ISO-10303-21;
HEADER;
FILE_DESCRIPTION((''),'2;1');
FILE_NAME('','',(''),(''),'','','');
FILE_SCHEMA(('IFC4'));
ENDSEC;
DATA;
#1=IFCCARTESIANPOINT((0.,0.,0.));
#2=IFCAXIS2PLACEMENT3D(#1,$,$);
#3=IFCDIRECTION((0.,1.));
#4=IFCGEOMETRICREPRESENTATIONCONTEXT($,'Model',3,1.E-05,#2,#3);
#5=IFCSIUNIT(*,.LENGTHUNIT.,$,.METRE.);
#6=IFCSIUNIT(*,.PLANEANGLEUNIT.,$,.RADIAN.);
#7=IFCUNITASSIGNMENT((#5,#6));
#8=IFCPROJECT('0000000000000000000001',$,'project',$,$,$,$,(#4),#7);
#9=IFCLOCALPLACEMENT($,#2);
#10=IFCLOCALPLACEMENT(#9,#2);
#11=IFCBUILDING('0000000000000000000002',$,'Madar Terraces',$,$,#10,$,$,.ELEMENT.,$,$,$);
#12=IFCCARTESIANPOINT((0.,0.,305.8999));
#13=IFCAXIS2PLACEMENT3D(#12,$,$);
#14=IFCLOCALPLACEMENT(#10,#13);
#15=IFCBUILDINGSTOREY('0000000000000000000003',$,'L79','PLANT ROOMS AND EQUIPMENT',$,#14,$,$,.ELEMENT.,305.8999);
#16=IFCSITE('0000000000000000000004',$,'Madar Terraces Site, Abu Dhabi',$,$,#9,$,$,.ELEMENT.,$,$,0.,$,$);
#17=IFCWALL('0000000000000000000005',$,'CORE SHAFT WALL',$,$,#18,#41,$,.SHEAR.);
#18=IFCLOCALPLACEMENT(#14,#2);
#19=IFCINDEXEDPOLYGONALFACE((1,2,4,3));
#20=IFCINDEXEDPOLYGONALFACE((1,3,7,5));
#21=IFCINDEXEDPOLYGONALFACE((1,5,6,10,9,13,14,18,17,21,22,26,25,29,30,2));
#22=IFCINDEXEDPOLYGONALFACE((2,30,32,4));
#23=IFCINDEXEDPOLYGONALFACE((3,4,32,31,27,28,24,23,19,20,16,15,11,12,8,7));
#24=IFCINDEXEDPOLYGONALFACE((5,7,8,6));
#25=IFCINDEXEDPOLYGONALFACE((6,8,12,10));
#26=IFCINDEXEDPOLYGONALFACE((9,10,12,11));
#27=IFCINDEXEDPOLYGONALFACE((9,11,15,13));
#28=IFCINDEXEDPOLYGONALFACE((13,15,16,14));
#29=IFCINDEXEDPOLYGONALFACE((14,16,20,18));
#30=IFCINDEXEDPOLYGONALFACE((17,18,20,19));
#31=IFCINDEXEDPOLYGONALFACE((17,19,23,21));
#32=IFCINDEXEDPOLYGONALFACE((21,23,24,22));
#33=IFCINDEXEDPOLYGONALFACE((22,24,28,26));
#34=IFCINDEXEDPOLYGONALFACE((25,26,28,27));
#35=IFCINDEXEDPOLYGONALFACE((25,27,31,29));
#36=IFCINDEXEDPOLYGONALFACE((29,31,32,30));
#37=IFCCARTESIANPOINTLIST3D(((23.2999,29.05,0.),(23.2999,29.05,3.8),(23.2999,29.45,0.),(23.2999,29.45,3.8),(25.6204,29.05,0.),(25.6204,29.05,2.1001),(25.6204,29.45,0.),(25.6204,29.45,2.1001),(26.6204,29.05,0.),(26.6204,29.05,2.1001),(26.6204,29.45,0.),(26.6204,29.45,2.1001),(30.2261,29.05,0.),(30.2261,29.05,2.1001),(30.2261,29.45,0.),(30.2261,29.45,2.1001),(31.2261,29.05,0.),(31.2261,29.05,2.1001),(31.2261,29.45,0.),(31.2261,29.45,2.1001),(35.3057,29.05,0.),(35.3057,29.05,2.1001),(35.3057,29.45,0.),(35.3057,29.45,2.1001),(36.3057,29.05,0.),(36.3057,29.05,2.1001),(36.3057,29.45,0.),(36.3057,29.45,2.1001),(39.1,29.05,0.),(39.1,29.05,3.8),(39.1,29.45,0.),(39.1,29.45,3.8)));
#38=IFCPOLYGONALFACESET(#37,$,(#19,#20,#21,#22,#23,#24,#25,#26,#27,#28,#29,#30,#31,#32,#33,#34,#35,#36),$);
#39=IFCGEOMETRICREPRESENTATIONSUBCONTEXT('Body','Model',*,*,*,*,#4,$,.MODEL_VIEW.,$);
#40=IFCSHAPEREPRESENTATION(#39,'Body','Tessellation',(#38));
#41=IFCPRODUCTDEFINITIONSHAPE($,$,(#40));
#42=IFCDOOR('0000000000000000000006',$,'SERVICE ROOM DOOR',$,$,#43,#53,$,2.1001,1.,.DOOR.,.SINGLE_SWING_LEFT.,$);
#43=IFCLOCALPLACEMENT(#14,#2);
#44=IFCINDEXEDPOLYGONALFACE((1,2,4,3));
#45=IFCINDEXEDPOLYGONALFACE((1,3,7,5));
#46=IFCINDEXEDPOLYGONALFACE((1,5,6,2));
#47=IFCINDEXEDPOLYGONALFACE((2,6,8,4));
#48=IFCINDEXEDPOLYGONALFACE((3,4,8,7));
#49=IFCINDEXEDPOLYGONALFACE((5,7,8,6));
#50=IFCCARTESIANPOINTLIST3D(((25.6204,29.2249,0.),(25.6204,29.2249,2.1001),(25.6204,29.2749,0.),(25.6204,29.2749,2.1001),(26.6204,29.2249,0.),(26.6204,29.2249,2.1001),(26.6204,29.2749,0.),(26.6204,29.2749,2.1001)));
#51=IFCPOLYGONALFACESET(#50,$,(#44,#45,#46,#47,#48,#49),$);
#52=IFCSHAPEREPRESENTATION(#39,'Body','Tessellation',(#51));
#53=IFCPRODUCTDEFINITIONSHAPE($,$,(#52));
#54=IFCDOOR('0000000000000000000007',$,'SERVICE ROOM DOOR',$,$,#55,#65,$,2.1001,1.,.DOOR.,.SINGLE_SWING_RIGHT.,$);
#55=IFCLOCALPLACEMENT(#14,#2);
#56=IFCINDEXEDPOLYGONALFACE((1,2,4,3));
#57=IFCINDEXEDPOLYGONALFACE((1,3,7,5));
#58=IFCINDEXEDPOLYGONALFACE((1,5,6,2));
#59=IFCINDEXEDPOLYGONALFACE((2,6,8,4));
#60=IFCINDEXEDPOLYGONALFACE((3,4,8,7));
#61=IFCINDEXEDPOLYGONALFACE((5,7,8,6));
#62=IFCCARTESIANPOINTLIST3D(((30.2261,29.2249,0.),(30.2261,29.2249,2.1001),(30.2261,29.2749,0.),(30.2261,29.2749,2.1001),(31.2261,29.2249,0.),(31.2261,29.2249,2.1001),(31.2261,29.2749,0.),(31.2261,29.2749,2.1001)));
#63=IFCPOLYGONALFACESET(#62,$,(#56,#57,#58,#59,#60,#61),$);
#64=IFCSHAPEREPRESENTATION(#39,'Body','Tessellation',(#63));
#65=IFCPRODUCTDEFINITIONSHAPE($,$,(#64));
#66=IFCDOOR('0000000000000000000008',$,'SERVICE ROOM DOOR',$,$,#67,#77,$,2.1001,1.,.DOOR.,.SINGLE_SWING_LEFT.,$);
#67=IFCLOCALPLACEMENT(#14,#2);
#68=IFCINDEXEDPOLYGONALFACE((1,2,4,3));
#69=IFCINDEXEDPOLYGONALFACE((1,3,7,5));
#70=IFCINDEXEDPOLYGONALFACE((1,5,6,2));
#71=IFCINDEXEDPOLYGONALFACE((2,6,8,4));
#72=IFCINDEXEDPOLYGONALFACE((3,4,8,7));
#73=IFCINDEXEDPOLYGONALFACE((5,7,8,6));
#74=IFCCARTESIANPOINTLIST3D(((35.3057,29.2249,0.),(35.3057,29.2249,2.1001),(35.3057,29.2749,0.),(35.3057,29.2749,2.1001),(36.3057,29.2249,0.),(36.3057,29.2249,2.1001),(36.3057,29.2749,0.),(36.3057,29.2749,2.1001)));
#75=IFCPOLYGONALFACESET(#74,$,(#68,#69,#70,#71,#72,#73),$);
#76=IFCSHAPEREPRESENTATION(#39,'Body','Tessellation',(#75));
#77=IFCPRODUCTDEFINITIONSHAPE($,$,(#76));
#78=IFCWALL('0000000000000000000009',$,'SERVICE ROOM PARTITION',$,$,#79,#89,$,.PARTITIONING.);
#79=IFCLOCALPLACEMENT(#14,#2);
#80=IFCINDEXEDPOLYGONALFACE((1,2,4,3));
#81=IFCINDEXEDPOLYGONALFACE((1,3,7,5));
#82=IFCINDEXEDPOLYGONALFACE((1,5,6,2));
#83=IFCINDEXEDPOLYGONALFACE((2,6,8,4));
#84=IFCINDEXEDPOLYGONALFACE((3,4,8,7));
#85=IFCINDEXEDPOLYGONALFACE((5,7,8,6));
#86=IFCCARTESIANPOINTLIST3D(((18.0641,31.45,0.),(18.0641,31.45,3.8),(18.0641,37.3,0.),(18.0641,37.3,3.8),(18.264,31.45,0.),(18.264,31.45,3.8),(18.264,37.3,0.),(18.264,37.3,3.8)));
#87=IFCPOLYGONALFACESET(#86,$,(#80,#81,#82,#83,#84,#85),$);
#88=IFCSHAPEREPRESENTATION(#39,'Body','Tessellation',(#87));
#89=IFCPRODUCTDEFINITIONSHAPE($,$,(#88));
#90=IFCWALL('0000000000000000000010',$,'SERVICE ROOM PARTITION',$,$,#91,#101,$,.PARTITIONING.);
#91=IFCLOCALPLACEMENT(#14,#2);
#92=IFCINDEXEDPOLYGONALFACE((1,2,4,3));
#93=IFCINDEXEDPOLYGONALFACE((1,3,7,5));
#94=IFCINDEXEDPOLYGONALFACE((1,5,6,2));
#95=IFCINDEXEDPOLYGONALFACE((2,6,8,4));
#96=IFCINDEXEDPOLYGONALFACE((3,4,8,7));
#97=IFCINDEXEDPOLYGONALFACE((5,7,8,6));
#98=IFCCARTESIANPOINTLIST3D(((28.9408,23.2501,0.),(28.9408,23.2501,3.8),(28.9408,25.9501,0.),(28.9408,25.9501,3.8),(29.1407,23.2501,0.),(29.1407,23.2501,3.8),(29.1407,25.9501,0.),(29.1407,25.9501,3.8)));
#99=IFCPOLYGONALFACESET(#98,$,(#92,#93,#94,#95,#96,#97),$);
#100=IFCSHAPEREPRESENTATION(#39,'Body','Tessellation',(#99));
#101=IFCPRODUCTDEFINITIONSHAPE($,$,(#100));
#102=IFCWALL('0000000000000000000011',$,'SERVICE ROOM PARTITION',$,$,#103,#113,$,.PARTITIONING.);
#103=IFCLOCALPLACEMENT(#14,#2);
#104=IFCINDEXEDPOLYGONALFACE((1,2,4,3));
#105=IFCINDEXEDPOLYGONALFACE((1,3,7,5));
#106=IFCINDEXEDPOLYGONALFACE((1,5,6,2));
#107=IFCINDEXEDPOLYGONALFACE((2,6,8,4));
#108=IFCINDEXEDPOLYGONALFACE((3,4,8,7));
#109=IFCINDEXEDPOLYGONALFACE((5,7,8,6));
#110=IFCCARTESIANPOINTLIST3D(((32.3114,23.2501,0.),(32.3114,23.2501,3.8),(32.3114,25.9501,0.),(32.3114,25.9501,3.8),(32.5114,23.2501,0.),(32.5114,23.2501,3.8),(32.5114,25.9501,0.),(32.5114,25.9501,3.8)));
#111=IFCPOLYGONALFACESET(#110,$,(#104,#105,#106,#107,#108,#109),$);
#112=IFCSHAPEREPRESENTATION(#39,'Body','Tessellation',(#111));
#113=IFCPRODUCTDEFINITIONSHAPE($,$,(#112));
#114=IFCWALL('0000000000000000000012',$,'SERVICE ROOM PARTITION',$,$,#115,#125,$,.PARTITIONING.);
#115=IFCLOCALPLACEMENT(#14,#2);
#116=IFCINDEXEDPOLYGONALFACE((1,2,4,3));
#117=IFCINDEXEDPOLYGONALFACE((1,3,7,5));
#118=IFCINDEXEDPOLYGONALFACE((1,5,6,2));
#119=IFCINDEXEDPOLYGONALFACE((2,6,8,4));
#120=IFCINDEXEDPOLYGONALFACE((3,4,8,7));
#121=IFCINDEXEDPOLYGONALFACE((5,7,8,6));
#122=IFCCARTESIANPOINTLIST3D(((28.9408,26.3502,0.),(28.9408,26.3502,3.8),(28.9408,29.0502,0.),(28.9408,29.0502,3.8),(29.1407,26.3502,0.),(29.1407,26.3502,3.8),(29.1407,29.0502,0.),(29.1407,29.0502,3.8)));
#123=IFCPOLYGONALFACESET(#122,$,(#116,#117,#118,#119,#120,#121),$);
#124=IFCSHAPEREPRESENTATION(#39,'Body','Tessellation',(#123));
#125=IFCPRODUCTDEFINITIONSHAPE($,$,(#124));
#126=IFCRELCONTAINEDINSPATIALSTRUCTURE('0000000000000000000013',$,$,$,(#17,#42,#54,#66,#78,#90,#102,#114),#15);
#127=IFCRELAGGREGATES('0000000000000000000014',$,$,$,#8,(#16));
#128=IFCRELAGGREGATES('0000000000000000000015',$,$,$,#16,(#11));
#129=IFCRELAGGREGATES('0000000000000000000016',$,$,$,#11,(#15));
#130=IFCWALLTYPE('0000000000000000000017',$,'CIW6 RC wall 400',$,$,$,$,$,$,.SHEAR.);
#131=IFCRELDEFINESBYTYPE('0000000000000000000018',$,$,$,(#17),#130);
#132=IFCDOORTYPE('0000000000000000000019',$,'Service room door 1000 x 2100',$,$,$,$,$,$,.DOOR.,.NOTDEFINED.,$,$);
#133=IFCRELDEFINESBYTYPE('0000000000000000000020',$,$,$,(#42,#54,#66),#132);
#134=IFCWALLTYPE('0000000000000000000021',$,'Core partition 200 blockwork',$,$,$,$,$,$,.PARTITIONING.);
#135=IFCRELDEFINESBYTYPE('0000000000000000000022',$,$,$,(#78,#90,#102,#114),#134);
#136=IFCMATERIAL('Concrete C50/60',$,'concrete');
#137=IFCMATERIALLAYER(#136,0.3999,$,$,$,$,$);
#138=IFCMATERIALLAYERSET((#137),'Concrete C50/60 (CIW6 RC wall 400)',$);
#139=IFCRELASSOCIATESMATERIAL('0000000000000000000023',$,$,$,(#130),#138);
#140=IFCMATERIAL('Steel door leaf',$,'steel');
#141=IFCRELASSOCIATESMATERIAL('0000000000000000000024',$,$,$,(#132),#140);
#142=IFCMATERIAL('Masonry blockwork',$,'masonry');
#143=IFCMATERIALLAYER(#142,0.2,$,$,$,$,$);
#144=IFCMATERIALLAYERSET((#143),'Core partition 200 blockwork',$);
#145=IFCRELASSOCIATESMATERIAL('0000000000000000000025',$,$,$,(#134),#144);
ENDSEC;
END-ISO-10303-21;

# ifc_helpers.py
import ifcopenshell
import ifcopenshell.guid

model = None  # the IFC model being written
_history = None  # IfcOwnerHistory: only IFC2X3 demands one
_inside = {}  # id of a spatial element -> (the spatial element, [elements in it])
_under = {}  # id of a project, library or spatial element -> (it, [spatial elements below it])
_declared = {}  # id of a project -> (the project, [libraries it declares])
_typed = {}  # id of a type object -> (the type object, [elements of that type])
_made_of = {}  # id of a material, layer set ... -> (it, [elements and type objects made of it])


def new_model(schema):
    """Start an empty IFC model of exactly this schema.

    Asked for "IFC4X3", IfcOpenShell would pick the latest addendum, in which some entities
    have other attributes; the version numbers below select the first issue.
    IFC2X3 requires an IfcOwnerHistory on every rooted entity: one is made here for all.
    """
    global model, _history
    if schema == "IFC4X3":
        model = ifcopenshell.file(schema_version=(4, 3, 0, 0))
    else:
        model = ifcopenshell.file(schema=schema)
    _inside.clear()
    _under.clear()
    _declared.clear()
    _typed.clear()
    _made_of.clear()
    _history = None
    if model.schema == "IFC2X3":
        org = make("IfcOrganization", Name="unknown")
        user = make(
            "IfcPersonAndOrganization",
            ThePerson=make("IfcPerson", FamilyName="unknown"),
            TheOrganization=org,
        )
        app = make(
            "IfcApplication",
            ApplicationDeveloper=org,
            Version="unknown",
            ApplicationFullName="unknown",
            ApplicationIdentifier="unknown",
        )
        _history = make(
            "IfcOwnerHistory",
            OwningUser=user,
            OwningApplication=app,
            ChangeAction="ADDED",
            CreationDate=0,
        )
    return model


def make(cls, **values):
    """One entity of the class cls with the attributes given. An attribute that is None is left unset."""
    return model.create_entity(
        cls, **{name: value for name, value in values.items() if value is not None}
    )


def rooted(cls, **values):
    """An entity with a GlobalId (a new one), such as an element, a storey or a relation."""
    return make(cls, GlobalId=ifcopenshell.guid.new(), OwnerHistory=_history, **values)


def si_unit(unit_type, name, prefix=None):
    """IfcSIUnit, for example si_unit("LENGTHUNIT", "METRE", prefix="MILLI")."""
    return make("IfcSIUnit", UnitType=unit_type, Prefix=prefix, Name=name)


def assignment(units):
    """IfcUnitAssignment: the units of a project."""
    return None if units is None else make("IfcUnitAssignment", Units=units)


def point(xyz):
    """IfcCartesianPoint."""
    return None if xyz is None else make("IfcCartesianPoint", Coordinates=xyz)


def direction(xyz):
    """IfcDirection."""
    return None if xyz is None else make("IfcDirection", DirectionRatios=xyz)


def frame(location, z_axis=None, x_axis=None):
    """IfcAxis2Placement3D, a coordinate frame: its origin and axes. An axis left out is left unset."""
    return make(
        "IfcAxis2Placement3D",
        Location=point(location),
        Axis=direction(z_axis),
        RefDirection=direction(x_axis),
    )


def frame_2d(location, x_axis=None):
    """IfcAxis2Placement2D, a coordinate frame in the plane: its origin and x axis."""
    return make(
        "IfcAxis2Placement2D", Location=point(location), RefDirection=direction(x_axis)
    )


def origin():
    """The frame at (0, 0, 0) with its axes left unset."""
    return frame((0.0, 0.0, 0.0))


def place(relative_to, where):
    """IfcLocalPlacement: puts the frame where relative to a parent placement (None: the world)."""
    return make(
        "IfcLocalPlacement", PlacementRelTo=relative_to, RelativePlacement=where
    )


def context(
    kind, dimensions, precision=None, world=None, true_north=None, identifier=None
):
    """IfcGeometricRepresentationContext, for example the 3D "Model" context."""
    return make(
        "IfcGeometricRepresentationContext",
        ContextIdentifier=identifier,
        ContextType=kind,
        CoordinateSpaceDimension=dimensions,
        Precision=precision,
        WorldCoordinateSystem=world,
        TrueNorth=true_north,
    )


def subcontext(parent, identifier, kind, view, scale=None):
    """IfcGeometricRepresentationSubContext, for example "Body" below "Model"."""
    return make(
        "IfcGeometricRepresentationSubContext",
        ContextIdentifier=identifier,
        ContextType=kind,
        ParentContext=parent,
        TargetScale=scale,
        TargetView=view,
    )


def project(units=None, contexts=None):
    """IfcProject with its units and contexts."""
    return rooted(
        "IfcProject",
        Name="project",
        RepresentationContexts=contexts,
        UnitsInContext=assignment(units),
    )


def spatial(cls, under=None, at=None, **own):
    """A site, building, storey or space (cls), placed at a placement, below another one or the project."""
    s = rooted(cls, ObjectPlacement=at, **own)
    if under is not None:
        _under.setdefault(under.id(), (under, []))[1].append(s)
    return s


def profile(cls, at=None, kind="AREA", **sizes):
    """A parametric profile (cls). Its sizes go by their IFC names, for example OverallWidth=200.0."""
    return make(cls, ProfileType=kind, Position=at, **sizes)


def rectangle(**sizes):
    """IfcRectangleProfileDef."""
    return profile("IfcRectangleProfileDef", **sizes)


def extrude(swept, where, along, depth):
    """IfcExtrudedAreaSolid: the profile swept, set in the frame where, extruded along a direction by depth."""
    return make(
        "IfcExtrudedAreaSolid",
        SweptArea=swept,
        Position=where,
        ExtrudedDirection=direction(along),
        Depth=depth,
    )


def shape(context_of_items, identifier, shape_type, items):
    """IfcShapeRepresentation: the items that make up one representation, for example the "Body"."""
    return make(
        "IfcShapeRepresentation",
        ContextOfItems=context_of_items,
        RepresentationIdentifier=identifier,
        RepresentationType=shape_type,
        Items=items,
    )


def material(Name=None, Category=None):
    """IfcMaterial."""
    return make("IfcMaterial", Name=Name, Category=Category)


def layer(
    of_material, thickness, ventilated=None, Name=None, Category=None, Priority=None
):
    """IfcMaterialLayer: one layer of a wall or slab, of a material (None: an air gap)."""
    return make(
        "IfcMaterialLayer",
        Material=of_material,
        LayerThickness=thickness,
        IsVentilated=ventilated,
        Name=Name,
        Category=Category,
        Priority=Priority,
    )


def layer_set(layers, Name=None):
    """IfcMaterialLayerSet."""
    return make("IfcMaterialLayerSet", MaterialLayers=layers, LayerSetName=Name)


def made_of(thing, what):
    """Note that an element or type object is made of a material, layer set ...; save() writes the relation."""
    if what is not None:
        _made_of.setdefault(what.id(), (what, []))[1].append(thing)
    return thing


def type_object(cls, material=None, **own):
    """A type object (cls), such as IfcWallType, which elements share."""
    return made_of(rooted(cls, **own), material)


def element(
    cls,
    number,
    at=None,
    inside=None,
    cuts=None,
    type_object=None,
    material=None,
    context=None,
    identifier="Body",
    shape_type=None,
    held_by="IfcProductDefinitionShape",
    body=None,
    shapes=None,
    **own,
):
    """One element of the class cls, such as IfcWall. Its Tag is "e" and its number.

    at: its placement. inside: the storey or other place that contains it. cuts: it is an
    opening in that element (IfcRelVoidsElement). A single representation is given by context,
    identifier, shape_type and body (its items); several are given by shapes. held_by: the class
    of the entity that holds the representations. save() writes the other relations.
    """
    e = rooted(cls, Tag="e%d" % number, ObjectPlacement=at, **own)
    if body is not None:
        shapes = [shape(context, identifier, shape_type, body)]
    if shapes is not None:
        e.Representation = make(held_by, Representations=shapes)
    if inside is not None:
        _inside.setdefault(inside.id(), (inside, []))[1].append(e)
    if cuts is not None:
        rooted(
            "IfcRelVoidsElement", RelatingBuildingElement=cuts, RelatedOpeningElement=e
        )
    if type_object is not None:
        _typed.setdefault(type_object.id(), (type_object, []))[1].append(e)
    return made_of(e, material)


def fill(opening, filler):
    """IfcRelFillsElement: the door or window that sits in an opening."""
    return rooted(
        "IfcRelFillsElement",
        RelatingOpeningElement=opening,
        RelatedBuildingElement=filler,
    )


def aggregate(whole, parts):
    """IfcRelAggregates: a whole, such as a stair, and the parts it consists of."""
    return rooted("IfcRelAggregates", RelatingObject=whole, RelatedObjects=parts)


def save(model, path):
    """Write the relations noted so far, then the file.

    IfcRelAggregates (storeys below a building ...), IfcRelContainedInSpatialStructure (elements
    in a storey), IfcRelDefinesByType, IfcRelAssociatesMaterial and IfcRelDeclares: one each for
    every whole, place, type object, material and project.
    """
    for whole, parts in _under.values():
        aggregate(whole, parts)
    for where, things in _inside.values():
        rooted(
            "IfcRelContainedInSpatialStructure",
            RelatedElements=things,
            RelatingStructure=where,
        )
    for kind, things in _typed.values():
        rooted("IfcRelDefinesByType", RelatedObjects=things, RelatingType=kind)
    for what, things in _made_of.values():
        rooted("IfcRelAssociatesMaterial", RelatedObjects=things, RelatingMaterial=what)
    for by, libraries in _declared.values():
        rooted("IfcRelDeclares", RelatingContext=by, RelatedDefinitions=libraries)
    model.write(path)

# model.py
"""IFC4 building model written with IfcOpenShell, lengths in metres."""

from ifc_helpers import new_model, si_unit, direction, frame, frame_2d, origin, place, context, subcontext, project, spatial, rectangle, extrude, material, layer, layer_set, type_object, element, fill, save


model = new_model("IFC4")

# Units and contexts
model_context = context("Model", 3, precision=1e-05, world=origin(), true_north=direction((0.0, 1.0)))
body_context = subcontext(model_context, "Body", "Model", "MODEL_VIEW")
ifc_project = project(units=[si_unit("LENGTHUNIT", "METRE"), si_unit("PLANEANGLEUNIT", "RADIAN")], contexts=[model_context])

# Site, building, storey
site_placement = place(None, origin())
site = spatial("IfcSite", under=ifc_project, at=site_placement, Name="Madar Terraces Site, Abu Dhabi", CompositionType="ELEMENT", RefElevation=0.0)
building_placement = place(site_placement, origin())
building = spatial("IfcBuilding", under=site, at=building_placement, Name="Madar Terraces", CompositionType="ELEMENT")
storey_placement = place(building_placement, frame((0.0, 0.0, 305.8999)))
storey = spatial("IfcBuildingStorey", under=building, at=storey_placement, Name="L79", Description="PLANT ROOMS AND EQUIPMENT", CompositionType="ELEMENT", Elevation=305.8999)

# Shared definitions
ifc_material_1 = material(Name="Concrete C50/60", Category="concrete")
ifc_layer_1 = layer(ifc_material_1, 0.3999)
ifc_layer_set_1 = layer_set([ifc_layer_1], Name="Concrete C50/60 (CIW6 RC wall 400)")
wall_type_1 = type_object("IfcWallType", Name="CIW6 RC wall 400", PredefinedType="SHEAR", material=ifc_layer_set_1)

# Shared definitions
ifc_material_2 = material(Name="Steel door leaf", Category="steel")
door_type = type_object("IfcDoorType", Name="Service room door 1000 x 2100", OperationType="NOTDEFINED", PredefinedType="DOOR", material=ifc_material_2)

# Wall, openings, doors
wall_1_placement = place(storey_placement, frame((23.3, 29.25, 0.0), z_axis=(0.0, 0.0, 1.0), x_axis=(1.0, 0.0, 0.0)))
wall_1 = element("IfcWall", 1, at=wall_1_placement, inside=storey, type_object=wall_type_1, Name="CORE SHAFT WALL", PredefinedType="SHEAR", context=body_context, shape_type="SweptSolid", body=[
    extrude(rectangle(XDim=15.8, YDim=0.3999, at=frame_2d((7.8999, 0.0))), origin(), (0.0, 0.0, 1.0), 3.8),
])
opening_1_placement = place(wall_1_placement, frame((2.3203, 0.0, 0.0)))
opening_1 = element("IfcOpeningElement", 2, at=opening_1_placement, cuts=wall_1, PredefinedType="OPENING", context=body_context, shape_type="SweptSolid", body=[
    extrude(rectangle(XDim=1.0, YDim=2.1001, at=frame_2d((0.5, 1.05))), frame((0.0, 0.21, 0.0), z_axis=(0.0, -1.0, 0.0), x_axis=(1.0, 0.0, 0.0)), (0.0, 0.0, 1.0), 0.4199),
])
opening_2_placement = place(wall_1_placement, frame((6.926, 0.0, 0.0)))
opening_2 = element("IfcOpeningElement", 3, at=opening_2_placement, cuts=wall_1, PredefinedType="OPENING", context=body_context, shape_type="SweptSolid", body=[
    extrude(rectangle(XDim=1.0, YDim=2.1001, at=frame_2d((0.5, 1.05))), frame((0.0, 0.21, 0.0), z_axis=(0.0, -1.0, 0.0), x_axis=(1.0, 0.0, 0.0)), (0.0, 0.0, 1.0), 0.4199),
])
opening_3_placement = place(wall_1_placement, frame((12.0056, 0.0, 0.0)))
opening_3 = element("IfcOpeningElement", 4, at=opening_3_placement, cuts=wall_1, PredefinedType="OPENING", context=body_context, shape_type="SweptSolid", body=[
    extrude(rectangle(XDim=1.0, YDim=2.1001, at=frame_2d((0.5, 1.05))), frame((0.0, 0.21, 0.0), z_axis=(0.0, -1.0, 0.0), x_axis=(1.0, 0.0, 0.0)), (0.0, 0.0, 1.0), 0.4199),
])
door_1_placement = place(opening_1_placement, origin())
door_1 = element("IfcDoor", 5, at=door_1_placement, inside=storey, type_object=door_type, Name="SERVICE ROOM DOOR", OperationType="SINGLE_SWING_LEFT", OverallHeight=2.1001, OverallWidth=1.0, PredefinedType="DOOR", context=body_context, shape_type="SweptSolid", body=[
    extrude(rectangle(XDim=1.0, YDim=2.1001, at=frame_2d((0.5, 1.05))), frame((0.0, 0.0249, 0.0), z_axis=(0.0, -1.0, 0.0), x_axis=(1.0, 0.0, 0.0)), (0.0, 0.0, 1.0), 0.05),
])
fill(opening_1, door_1)
door_2_placement = place(opening_2_placement, origin())
door_2 = element("IfcDoor", 6, at=door_2_placement, inside=storey, type_object=door_type, Name="SERVICE ROOM DOOR", OperationType="SINGLE_SWING_RIGHT", OverallHeight=2.1001, OverallWidth=1.0, PredefinedType="DOOR", context=body_context, shape_type="SweptSolid", body=[
    extrude(rectangle(XDim=1.0, YDim=2.1001, at=frame_2d((0.5, 1.05))), frame((0.0, 0.0249, 0.0), z_axis=(0.0, -1.0, 0.0), x_axis=(1.0, 0.0, 0.0)), (0.0, 0.0, 1.0), 0.05),
])
fill(opening_2, door_2)
door_3_placement = place(opening_3_placement, origin())
door_3 = element("IfcDoor", 7, at=door_3_placement, inside=storey, type_object=door_type, Name="SERVICE ROOM DOOR", OperationType="SINGLE_SWING_LEFT", OverallHeight=2.1001, OverallWidth=1.0, PredefinedType="DOOR", context=body_context, shape_type="SweptSolid", body=[
    extrude(rectangle(XDim=1.0, YDim=2.1001, at=frame_2d((0.5, 1.05))), frame((0.0, 0.0249, 0.0), z_axis=(0.0, -1.0, 0.0), x_axis=(1.0, 0.0, 0.0)), (0.0, 0.0, 1.0), 0.05),
])
fill(opening_3, door_3)

# Walls
ifc_material_3 = material(Name="Masonry blockwork", Category="masonry")
ifc_layer_2 = layer(ifc_material_3, 0.2)
ifc_layer_set_2 = layer_set([ifc_layer_2], Name="Core partition 200 blockwork")
wall_type_2 = type_object("IfcWallType", Name="Core partition 200 blockwork", PredefinedType="PARTITIONING", material=ifc_layer_set_2)
wall_2_placement = place(storey_placement, frame((18.1641, 31.45, 0.0), z_axis=(0.0, 0.0, 1.0), x_axis=(0.0, 1.0, 0.0)))
element("IfcWall", 8, at=wall_2_placement, inside=storey, type_object=wall_type_2, Name="SERVICE ROOM PARTITION", PredefinedType="PARTITIONING", context=body_context, shape_type="SweptSolid", body=[
    extrude(rectangle(XDim=5.8501, YDim=0.2, at=frame_2d((2.925, 0.0))), origin(), (0.0, 0.0, 1.0), 3.8),
])
for number, where, z_axis, x_axis, name in (
    (9, (29.0408, 23.25, 0.0), (0.0, 0.0, 1.0), (0.0, 1.0, 0.0), "SERVICE ROOM PARTITION"),
    (10, (32.4114, 23.25, 0.0), (0.0, 0.0, 1.0), (0.0, 1.0, 0.0), "SERVICE ROOM PARTITION"),
    (11, (29.0408, 26.3501, 0.0), (0.0, 0.0, 1.0), (0.0, 1.0, 0.0), "SERVICE ROOM PARTITION"),
):
    element("IfcWall", number, at=place(storey_placement, frame(where, z_axis=z_axis, x_axis=x_axis)), inside=storey, type_object=wall_type_2, Name=name, PredefinedType="PARTITIONING", context=body_context, shape_type="SweptSolid", body=[
        extrude(rectangle(XDim=2.7, YDim=0.2, at=frame_2d((1.3501, 0.0))), origin(), (0.0, 0.0, 1.0), 3.8),
    ])

save(model, "model.ifc")
